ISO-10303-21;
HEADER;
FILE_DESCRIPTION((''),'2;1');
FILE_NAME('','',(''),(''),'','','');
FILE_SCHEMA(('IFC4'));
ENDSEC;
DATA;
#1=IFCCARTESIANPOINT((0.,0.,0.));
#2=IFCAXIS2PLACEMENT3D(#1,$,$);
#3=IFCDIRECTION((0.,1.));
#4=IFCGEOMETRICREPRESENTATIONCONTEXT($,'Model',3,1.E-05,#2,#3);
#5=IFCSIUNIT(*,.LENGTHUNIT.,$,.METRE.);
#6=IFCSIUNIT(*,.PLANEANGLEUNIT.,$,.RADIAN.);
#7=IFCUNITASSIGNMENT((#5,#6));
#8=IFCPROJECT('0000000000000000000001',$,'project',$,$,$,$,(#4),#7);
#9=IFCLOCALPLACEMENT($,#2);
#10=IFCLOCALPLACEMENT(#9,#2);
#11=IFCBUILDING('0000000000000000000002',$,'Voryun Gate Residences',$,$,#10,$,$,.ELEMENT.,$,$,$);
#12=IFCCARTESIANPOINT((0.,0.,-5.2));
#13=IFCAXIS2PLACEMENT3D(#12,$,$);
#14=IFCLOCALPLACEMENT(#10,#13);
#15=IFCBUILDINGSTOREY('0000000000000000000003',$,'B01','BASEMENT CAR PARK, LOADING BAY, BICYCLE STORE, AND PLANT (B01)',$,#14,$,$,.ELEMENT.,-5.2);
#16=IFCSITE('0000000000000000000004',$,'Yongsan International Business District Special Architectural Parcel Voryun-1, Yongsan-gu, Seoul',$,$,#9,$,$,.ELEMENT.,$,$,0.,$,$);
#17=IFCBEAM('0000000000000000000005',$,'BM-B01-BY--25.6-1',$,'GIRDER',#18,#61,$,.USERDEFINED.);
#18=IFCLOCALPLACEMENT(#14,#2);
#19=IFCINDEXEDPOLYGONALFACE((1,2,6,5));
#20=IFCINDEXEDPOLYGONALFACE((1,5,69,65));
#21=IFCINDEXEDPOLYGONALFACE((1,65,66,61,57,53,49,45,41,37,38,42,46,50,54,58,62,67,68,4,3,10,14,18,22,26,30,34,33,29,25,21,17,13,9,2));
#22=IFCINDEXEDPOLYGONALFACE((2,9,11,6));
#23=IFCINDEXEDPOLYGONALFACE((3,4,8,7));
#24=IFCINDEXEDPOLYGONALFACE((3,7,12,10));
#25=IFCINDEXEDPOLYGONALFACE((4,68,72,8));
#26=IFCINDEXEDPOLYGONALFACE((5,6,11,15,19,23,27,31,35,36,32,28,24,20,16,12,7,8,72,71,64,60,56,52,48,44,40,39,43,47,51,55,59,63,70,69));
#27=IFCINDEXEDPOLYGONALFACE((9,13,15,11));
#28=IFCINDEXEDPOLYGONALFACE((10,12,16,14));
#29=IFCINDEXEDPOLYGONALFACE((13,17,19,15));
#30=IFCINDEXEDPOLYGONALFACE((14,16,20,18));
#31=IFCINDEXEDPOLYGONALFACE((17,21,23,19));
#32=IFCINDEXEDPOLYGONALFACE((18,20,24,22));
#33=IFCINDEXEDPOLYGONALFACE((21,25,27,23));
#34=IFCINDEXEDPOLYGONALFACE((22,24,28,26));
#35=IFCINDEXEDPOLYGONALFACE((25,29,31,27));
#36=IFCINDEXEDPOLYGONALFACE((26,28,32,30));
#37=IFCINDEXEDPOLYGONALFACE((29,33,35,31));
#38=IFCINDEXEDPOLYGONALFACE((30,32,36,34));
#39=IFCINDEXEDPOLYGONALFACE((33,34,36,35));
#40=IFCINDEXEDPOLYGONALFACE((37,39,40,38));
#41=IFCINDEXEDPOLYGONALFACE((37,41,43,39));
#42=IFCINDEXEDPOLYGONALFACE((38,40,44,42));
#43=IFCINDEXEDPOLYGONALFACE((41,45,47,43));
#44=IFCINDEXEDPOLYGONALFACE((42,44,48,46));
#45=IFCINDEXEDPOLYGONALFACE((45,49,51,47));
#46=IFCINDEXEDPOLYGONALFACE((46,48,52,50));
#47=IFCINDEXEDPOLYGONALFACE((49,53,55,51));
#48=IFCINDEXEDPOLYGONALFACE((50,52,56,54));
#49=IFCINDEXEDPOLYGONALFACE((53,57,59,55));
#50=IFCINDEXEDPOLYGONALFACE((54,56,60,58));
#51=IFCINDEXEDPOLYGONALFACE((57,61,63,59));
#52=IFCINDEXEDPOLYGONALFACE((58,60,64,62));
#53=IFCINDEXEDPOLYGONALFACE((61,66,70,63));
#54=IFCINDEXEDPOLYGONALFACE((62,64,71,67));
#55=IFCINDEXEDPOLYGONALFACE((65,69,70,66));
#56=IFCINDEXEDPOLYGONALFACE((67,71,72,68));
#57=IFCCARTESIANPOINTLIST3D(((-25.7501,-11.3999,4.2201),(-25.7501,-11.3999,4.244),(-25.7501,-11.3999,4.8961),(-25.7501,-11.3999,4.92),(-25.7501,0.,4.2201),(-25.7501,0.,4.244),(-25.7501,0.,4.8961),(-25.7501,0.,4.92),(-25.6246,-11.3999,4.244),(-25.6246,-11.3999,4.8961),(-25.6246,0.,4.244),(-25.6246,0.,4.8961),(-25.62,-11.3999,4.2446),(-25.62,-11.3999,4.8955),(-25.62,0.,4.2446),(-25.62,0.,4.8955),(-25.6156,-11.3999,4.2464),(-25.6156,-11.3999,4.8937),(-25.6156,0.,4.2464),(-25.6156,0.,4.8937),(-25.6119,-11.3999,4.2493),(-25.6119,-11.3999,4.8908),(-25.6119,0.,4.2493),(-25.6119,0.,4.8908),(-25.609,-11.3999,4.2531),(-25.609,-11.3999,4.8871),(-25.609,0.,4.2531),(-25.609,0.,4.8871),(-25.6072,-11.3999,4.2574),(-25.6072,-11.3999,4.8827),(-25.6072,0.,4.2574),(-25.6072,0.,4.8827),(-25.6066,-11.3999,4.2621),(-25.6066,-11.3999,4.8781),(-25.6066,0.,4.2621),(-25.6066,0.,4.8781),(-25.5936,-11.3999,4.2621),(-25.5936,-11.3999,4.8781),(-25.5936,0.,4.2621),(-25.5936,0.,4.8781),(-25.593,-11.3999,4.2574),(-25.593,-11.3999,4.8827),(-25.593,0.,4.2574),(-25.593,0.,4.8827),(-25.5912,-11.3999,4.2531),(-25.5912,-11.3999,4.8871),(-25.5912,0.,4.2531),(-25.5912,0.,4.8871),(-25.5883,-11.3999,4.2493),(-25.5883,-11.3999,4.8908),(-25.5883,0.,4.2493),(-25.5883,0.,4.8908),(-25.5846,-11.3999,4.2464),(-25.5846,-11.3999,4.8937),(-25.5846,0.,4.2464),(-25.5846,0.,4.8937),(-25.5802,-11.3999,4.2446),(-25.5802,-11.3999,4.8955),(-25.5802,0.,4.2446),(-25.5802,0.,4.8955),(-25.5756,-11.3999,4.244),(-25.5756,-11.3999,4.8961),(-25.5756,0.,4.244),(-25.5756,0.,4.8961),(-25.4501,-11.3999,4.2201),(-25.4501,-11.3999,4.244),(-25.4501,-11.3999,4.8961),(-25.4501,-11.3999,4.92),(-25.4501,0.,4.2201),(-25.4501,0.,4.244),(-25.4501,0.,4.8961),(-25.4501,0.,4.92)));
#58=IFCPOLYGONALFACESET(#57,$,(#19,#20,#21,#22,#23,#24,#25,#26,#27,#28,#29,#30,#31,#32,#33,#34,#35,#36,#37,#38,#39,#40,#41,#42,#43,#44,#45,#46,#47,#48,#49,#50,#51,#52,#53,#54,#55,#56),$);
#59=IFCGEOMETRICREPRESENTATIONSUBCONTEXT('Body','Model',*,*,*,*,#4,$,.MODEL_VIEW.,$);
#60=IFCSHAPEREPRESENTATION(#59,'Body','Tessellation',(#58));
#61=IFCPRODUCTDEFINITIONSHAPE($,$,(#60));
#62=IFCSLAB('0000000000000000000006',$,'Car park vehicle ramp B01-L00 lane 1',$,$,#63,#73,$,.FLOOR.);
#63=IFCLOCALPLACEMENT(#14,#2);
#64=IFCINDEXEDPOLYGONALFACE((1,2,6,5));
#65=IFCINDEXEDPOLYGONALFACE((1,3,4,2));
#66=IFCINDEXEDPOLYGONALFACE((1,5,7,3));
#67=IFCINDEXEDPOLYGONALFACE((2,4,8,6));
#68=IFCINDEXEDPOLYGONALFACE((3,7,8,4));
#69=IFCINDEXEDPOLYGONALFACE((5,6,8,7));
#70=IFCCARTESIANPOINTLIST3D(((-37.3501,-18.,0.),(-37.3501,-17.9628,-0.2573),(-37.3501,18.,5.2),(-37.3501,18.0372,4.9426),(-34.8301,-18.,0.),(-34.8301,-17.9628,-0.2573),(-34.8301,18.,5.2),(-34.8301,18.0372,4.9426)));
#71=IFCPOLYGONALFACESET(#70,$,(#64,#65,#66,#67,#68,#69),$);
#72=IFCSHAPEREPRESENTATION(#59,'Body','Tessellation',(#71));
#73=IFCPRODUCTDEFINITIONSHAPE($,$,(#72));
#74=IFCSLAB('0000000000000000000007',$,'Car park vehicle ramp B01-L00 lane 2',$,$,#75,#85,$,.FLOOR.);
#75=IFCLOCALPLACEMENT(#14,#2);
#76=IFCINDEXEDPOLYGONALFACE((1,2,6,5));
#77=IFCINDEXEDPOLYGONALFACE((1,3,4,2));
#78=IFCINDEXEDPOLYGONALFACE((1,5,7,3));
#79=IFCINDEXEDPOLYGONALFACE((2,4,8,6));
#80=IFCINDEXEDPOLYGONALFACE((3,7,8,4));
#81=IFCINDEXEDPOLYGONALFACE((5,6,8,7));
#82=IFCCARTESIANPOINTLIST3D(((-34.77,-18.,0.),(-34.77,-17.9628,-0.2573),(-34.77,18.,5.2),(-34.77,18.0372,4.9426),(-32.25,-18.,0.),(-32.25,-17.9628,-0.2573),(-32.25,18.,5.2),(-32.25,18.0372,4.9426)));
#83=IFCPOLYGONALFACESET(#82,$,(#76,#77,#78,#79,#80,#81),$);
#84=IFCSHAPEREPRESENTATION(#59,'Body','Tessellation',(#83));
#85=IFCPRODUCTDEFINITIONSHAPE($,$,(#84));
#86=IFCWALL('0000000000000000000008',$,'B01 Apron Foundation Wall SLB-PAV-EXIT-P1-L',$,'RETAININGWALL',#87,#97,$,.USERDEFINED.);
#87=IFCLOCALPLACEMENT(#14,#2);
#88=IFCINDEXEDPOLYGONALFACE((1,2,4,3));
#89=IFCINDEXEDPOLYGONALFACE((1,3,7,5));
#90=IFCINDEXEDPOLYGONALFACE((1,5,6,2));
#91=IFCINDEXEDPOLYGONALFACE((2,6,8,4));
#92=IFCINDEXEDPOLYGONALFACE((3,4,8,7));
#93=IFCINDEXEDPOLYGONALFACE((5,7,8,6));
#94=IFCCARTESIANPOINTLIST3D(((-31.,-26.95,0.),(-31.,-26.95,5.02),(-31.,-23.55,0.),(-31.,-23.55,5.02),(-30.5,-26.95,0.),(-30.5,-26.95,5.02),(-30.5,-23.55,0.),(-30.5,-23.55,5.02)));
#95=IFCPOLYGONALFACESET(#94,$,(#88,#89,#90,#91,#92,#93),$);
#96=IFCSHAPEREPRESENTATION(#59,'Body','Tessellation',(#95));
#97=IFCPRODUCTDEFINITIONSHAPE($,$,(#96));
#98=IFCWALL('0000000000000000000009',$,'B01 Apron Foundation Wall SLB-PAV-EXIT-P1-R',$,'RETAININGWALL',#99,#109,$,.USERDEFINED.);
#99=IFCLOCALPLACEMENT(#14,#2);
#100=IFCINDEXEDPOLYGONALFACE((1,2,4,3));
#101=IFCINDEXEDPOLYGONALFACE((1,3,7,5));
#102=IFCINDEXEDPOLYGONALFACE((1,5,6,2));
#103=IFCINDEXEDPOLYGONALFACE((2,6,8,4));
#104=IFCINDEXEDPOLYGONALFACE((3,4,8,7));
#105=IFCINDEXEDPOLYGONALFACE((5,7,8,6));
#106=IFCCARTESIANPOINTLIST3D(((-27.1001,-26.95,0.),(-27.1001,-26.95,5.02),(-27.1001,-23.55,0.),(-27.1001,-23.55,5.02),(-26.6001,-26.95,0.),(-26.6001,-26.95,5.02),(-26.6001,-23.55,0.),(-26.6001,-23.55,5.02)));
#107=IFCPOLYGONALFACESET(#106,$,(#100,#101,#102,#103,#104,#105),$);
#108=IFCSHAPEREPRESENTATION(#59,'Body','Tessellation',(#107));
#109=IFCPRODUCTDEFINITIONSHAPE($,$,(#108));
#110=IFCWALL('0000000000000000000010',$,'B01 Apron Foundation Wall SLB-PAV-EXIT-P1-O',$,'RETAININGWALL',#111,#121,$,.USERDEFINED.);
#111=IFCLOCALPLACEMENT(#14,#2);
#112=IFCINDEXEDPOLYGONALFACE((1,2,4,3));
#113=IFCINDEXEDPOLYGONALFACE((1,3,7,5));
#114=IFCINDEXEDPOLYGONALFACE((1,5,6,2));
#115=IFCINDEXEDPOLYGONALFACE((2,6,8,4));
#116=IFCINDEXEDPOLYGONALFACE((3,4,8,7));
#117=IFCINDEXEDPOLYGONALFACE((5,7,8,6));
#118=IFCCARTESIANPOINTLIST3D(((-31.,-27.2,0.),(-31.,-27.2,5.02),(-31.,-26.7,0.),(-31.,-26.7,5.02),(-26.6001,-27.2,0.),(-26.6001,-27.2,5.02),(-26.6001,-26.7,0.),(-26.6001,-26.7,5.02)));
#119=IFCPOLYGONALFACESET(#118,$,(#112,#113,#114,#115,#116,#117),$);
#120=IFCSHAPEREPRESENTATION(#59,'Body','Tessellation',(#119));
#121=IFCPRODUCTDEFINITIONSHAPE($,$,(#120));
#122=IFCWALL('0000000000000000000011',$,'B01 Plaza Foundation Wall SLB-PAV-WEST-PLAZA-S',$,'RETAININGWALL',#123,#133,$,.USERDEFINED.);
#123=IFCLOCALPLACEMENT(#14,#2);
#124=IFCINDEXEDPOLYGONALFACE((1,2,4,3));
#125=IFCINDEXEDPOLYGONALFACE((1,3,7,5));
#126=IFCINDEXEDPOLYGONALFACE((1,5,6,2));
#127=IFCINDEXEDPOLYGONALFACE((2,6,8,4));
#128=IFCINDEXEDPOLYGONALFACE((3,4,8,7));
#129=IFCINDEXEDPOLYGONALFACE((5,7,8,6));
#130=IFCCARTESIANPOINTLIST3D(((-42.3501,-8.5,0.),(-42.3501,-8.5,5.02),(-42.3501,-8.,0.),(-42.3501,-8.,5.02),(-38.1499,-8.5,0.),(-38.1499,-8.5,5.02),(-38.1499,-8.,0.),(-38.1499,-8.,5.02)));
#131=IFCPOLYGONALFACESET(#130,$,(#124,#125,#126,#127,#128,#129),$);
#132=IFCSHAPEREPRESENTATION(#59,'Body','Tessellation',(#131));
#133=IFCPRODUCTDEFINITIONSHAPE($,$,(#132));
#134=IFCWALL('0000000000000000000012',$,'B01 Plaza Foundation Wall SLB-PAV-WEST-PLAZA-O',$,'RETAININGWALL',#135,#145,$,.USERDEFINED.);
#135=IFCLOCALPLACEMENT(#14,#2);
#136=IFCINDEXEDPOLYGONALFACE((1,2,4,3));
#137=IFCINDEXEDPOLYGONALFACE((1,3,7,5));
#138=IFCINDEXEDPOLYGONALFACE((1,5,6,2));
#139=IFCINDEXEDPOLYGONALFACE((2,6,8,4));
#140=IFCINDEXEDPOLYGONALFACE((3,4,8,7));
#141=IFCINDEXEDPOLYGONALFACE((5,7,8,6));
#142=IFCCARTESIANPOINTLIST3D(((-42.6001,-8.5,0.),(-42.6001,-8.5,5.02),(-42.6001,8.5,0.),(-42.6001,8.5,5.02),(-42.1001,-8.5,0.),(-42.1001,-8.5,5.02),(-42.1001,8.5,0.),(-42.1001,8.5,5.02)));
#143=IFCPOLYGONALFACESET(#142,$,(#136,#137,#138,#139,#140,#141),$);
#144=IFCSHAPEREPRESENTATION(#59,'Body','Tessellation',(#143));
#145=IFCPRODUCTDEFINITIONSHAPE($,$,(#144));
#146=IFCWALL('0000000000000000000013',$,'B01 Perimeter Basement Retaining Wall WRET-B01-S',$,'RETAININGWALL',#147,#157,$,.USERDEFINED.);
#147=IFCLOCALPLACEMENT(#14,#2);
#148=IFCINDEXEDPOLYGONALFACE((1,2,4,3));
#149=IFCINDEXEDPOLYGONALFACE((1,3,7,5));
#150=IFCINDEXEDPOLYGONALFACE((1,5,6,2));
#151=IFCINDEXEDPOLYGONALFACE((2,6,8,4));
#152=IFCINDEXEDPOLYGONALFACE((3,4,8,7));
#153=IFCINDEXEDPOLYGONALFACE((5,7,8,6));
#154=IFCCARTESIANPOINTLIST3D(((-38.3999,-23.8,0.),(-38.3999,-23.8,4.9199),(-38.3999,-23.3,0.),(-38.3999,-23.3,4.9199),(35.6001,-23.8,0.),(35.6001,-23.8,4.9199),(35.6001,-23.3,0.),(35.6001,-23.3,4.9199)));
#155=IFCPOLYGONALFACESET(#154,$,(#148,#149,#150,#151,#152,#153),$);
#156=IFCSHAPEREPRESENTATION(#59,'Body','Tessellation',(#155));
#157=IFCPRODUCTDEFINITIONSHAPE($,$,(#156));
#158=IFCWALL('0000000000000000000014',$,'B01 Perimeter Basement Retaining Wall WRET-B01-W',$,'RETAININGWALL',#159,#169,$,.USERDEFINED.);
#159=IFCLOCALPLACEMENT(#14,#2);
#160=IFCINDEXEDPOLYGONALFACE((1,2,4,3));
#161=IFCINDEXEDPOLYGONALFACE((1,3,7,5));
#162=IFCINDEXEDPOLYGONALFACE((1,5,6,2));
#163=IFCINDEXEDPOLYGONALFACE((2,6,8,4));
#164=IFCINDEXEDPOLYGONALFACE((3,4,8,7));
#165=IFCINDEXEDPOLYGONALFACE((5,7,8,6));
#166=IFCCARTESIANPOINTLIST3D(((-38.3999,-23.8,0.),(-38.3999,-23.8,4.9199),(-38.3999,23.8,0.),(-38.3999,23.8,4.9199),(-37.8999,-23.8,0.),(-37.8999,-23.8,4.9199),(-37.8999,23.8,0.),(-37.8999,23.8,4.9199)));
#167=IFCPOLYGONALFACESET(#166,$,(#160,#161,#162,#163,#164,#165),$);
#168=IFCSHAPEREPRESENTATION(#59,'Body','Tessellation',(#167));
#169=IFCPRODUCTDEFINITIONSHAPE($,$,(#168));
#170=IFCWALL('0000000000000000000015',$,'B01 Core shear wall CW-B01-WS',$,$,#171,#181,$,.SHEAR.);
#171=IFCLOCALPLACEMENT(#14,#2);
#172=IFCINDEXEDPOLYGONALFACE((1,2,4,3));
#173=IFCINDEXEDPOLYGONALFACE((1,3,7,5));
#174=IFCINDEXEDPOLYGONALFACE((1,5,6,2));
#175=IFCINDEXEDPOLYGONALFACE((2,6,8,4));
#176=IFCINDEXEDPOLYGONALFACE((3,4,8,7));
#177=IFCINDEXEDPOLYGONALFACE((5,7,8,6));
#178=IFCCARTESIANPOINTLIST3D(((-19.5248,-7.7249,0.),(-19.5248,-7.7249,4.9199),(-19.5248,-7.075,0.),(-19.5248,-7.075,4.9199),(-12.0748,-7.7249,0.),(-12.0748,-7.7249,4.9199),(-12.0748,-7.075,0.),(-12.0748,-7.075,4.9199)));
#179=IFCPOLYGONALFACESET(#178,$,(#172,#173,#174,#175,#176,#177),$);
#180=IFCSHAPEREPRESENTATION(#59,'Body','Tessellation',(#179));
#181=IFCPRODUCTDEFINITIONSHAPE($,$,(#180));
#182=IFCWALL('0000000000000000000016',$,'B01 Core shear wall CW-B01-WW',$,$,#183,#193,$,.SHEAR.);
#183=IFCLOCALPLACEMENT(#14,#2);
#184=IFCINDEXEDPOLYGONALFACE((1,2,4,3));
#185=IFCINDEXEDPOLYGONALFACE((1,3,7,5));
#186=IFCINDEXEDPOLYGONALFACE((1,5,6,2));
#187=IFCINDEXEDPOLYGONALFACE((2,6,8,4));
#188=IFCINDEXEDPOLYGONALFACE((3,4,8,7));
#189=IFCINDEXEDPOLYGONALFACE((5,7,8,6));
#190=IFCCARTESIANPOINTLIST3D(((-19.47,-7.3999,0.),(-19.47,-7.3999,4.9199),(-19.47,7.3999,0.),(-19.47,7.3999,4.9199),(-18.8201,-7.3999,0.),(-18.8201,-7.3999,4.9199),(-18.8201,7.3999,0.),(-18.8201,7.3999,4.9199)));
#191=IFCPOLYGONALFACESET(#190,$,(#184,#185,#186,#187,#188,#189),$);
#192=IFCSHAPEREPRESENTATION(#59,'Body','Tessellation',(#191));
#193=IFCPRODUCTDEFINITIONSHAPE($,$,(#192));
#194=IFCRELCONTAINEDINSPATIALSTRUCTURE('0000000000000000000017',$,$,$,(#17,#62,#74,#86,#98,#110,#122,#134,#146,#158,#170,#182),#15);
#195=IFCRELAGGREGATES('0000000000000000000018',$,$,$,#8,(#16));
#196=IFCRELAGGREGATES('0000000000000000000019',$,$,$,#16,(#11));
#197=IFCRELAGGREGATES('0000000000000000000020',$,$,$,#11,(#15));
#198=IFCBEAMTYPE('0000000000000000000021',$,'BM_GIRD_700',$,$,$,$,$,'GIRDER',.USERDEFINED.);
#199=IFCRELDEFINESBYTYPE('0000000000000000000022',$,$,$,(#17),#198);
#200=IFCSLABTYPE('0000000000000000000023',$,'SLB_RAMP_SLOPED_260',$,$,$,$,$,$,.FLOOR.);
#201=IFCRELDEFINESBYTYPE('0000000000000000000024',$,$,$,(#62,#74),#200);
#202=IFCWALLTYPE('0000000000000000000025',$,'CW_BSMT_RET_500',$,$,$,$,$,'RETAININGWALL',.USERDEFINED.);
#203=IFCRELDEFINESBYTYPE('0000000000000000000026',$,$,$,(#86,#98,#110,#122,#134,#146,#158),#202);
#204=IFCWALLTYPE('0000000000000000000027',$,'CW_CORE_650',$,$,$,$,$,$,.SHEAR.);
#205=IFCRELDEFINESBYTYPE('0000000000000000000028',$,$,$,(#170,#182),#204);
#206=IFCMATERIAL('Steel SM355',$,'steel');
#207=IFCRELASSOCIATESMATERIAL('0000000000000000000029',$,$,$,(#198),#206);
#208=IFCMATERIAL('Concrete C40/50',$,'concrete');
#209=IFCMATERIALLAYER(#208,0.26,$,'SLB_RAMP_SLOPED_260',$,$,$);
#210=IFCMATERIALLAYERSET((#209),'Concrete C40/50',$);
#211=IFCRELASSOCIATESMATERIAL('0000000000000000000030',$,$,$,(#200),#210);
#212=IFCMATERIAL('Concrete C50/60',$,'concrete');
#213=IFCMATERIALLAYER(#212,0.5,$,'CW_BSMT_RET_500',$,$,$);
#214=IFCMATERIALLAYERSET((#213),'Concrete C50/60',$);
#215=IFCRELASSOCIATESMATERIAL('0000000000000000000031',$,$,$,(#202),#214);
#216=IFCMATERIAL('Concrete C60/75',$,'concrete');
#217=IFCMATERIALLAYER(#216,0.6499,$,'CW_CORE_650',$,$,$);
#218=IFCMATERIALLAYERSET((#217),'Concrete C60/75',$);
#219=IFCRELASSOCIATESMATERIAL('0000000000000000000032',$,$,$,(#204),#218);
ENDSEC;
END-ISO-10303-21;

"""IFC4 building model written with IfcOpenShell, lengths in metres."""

from ifc_helpers import new_model, si_unit, direction, frame, frame_2d, origin, origin_2d, place, context, subcontext, project, spatial, polyline, rectangle, i_section, outline, extrude, material, layer, layer_set, material_profile, profile_set, type_object, element, save


model = new_model("IFC4")

# Units and contexts
model_context = context("Model", 3, precision=1e-05, world=origin(), true_north=direction((0.0, 1.0)))
body_context = subcontext(model_context, "Body", "Model", "MODEL_VIEW")
ifc_project = project(units=[si_unit("LENGTHUNIT", "METRE"), si_unit("PLANEANGLEUNIT", "RADIAN")], contexts=[model_context])

# Site, building, storey
site_placement = place(None, origin())
site = spatial("IfcSite", under=ifc_project, at=site_placement, Name="Yongsan International Business District Special Architectural Parcel Voryun-1, Yongsan-gu, Seoul", CompositionType="ELEMENT", RefElevation=0.0)
building_placement = place(site_placement, origin())
building = spatial("IfcBuilding", under=site, at=building_placement, Name="Voryun Gate Residences", CompositionType="ELEMENT")
storey_placement = place(building_placement, frame((0.0, 0.0, -5.2)))
storey = spatial("IfcBuildingStorey", under=building, at=storey_placement, Name="B01", Description="BASEMENT CAR PARK, LOADING BAY, BICYCLE STORE, AND PLANT (B01)", CompositionType="ELEMENT", Elevation=-5.2)

# Beam
ifc_material_1 = material(Name="Steel SM355", Category="steel")
ifc_material_profile_1 = material_profile(ifc_material_1, i_section(OverallWidth=0.3, OverallDepth=0.7, WebThickness=0.0129, FlangeThickness=0.0239, FilletRadius=0.0181, at=origin_2d()), Name="H-700x300x13x24")
ifc_profile_set_1 = profile_set([ifc_material_profile_1], Name="Steel SM355")
beam_type_1 = type_object("IfcBeamType", Name="BM_GIRD_700", ElementType="GIRDER", PredefinedType="USERDEFINED", material=ifc_profile_set_1)
beam_1_placement = place(storey_placement, frame((-25.6001, -11.3999, 4.5701), z_axis=(0.0, 1.0, 0.0), x_axis=(-1.0, 0.0, 0.0)))
element("IfcBeam", 1, at=beam_1_placement, inside=storey, type_object=beam_type_1, Name="BM-B01-BY--25.6-1", ObjectType="GIRDER", PredefinedType="USERDEFINED", context=body_context, shape_type="SweptSolid", body=[
    extrude(i_section(OverallWidth=0.3, OverallDepth=0.7, WebThickness=0.0129, FlangeThickness=0.0239, FilletRadius=0.0181, at=origin_2d()), origin(), (0.0, 0.0, 1.0), 11.3999),
])

# Slabs
ifc_material_2 = material(Name="Concrete C40/50", Category="concrete")
ifc_layer_1 = layer(ifc_material_2, 0.26, Name="SLB_RAMP_SLOPED_260")
ifc_layer_set_1 = layer_set([ifc_layer_1], Name="Concrete C40/50")
slab_type = type_object("IfcSlabType", Name="SLB_RAMP_SLOPED_260", PredefinedType="FLOOR", material=ifc_layer_set_1)
for number, where, z_axis, x_axis, name in (
    (2, (-37.3501, -18.0, 0.0), (0.0, -0.142959, 0.989729), (1.0, 0.0, 0.0), "Car park vehicle ramp B01-L00 lane 1"),
    (3, (-34.77, -18.0, 0.0), (0.0, -0.142959, 0.989729), (1.0, 0.0, 0.0), "Car park vehicle ramp B01-L00 lane 2"),
):
    element("IfcSlab", number, at=place(storey_placement, frame(where, z_axis=z_axis, x_axis=x_axis)), inside=storey, type_object=slab_type, Name=name, PredefinedType="FLOOR", context=body_context, shape_type="SweptSolid", body=[
        extrude(outline(polyline([(0.0, 0.0), (2.52, 0.0), (2.52, 36.3736), (0.0, 36.3736), (0.0, 0.0)])), origin(), (0.0, 0.0, -1.0), 0.26),
    ])

# Walls
ifc_material_3 = material(Name="Concrete C50/60", Category="concrete")
ifc_layer_2 = layer(ifc_material_3, 0.5, Name="CW_BSMT_RET_500")
ifc_layer_set_2 = layer_set([ifc_layer_2], Name="Concrete C50/60")
wall_type_1 = type_object("IfcWallType", Name="CW_BSMT_RET_500", ElementType="RETAININGWALL", PredefinedType="USERDEFINED", material=ifc_layer_set_2)
for number, where, z_axis, x_axis, name in (
    (4, (-30.75, -26.95, 0.0), (0.0, 0.0, 1.0), (0.0, 1.0, 0.0), "B01 Apron Foundation Wall SLB-PAV-EXIT-P1-L"),
    (5, (-26.8501, -26.95, 0.0), (0.0, 0.0, 1.0), (0.0, 1.0, 0.0), "B01 Apron Foundation Wall SLB-PAV-EXIT-P1-R"),
):
    element("IfcWall", number, at=place(storey_placement, frame(where, z_axis=z_axis, x_axis=x_axis)), inside=storey, type_object=wall_type_1, Name=name, ObjectType="RETAININGWALL", PredefinedType="USERDEFINED", context=body_context, shape_type="SweptSolid", body=[
        extrude(rectangle(XDim=3.3999, YDim=0.5, at=frame_2d((1.7, 0.0))), origin(), (0.0, 0.0, 1.0), 5.02),
    ])
wall_1_placement = place(storey_placement, frame((-31.0, -26.95, 0.0), z_axis=(0.0, 0.0, 1.0), x_axis=(1.0, 0.0, 0.0)))
element("IfcWall", 6, at=wall_1_placement, inside=storey, type_object=wall_type_1, Name="B01 Apron Foundation Wall SLB-PAV-EXIT-P1-O", ObjectType="RETAININGWALL", PredefinedType="USERDEFINED", context=body_context, shape_type="SweptSolid", body=[
    extrude(rectangle(XDim=4.3999, YDim=0.5, at=frame_2d((2.2, 0.0))), origin(), (0.0, 0.0, 1.0), 5.02),
])
wall_2_placement = place(storey_placement, frame((-42.3501, -8.25, 0.0), z_axis=(0.0, 0.0, 1.0), x_axis=(1.0, 0.0, 0.0)))
element("IfcWall", 7, at=wall_2_placement, inside=storey, type_object=wall_type_1, Name="B01 Plaza Foundation Wall SLB-PAV-WEST-PLAZA-S", ObjectType="RETAININGWALL", PredefinedType="USERDEFINED", context=body_context, shape_type="SweptSolid", body=[
    extrude(rectangle(XDim=4.2002, YDim=0.5, at=frame_2d((2.1001, 0.0))), origin(), (0.0, 0.0, 1.0), 5.02),
])
wall_3_placement = place(storey_placement, frame((-42.3501, -8.5, 0.0), z_axis=(0.0, 0.0, 1.0), x_axis=(0.0, 1.0, 0.0)))
element("IfcWall", 8, at=wall_3_placement, inside=storey, type_object=wall_type_1, Name="B01 Plaza Foundation Wall SLB-PAV-WEST-PLAZA-O", ObjectType="RETAININGWALL", PredefinedType="USERDEFINED", context=body_context, shape_type="SweptSolid", body=[
    extrude(rectangle(XDim=17.0, YDim=0.5, at=frame_2d((8.5, 0.0))), origin(), (0.0, 0.0, 1.0), 5.02),
])
wall_4_placement = place(storey_placement, frame((-38.3999, -23.55, 0.0), z_axis=(0.0, 0.0, 1.0), x_axis=(1.0, 0.0, 0.0)))
element("IfcWall", 9, at=wall_4_placement, inside=storey, type_object=wall_type_1, Name="B01 Perimeter Basement Retaining Wall WRET-B01-S", ObjectType="RETAININGWALL", PredefinedType="USERDEFINED", context=body_context, shape_type="SweptSolid", body=[
    extrude(rectangle(XDim=74.0, YDim=0.5, at=frame_2d((37.0, 0.0))), origin(), (0.0, 0.0, 1.0), 4.9199),
])
wall_5_placement = place(storey_placement, frame((-38.1499, -23.8, 0.0), z_axis=(0.0, 0.0, 1.0), x_axis=(0.0, 1.0, 0.0)))
element("IfcWall", 10, at=wall_5_placement, inside=storey, type_object=wall_type_1, Name="B01 Perimeter Basement Retaining Wall WRET-B01-W", ObjectType="RETAININGWALL", PredefinedType="USERDEFINED", context=body_context, shape_type="SweptSolid", body=[
    extrude(rectangle(XDim=47.6001, YDim=0.5, at=frame_2d((23.8, 0.0))), origin(), (0.0, 0.0, 1.0), 4.9199),
])
ifc_material_4 = material(Name="Concrete C60/75", Category="concrete")
ifc_layer_3 = layer(ifc_material_4, 0.6499, Name="CW_CORE_650")
ifc_layer_set_3 = layer_set([ifc_layer_3], Name="Concrete C60/75")
wall_type_2 = type_object("IfcWallType", Name="CW_CORE_650", PredefinedType="SHEAR", material=ifc_layer_set_3)
wall_6_placement = place(storey_placement, frame((-19.5249, -7.3999, 0.0), z_axis=(0.0, 0.0, 1.0), x_axis=(1.0, 0.0, 0.0)))
element("IfcWall", 11, at=wall_6_placement, inside=storey, type_object=wall_type_2, Name="B01 Core shear wall CW-B01-WS", PredefinedType="SHEAR", context=body_context, shape_type="SweptSolid", body=[
    extrude(rectangle(XDim=7.45, YDim=0.6499, at=frame_2d((3.7251, 0.0))), origin(), (0.0, 0.0, 1.0), 4.9199),
])
wall_7_placement = place(storey_placement, frame((-19.145, -7.3999, 0.0), z_axis=(0.0, 0.0, 1.0), x_axis=(0.0, 1.0, 0.0)))
element("IfcWall", 12, at=wall_7_placement, inside=storey, type_object=wall_type_2, Name="B01 Core shear wall CW-B01-WW", PredefinedType="SHEAR", context=body_context, shape_type="SweptSolid", body=[
    extrude(rectangle(XDim=14.7998, YDim=0.6499, at=frame_2d((7.3999, 0.0))), origin(), (0.0, 0.0, 1.0), 4.9199),
])

save(model, "model.ifc")
